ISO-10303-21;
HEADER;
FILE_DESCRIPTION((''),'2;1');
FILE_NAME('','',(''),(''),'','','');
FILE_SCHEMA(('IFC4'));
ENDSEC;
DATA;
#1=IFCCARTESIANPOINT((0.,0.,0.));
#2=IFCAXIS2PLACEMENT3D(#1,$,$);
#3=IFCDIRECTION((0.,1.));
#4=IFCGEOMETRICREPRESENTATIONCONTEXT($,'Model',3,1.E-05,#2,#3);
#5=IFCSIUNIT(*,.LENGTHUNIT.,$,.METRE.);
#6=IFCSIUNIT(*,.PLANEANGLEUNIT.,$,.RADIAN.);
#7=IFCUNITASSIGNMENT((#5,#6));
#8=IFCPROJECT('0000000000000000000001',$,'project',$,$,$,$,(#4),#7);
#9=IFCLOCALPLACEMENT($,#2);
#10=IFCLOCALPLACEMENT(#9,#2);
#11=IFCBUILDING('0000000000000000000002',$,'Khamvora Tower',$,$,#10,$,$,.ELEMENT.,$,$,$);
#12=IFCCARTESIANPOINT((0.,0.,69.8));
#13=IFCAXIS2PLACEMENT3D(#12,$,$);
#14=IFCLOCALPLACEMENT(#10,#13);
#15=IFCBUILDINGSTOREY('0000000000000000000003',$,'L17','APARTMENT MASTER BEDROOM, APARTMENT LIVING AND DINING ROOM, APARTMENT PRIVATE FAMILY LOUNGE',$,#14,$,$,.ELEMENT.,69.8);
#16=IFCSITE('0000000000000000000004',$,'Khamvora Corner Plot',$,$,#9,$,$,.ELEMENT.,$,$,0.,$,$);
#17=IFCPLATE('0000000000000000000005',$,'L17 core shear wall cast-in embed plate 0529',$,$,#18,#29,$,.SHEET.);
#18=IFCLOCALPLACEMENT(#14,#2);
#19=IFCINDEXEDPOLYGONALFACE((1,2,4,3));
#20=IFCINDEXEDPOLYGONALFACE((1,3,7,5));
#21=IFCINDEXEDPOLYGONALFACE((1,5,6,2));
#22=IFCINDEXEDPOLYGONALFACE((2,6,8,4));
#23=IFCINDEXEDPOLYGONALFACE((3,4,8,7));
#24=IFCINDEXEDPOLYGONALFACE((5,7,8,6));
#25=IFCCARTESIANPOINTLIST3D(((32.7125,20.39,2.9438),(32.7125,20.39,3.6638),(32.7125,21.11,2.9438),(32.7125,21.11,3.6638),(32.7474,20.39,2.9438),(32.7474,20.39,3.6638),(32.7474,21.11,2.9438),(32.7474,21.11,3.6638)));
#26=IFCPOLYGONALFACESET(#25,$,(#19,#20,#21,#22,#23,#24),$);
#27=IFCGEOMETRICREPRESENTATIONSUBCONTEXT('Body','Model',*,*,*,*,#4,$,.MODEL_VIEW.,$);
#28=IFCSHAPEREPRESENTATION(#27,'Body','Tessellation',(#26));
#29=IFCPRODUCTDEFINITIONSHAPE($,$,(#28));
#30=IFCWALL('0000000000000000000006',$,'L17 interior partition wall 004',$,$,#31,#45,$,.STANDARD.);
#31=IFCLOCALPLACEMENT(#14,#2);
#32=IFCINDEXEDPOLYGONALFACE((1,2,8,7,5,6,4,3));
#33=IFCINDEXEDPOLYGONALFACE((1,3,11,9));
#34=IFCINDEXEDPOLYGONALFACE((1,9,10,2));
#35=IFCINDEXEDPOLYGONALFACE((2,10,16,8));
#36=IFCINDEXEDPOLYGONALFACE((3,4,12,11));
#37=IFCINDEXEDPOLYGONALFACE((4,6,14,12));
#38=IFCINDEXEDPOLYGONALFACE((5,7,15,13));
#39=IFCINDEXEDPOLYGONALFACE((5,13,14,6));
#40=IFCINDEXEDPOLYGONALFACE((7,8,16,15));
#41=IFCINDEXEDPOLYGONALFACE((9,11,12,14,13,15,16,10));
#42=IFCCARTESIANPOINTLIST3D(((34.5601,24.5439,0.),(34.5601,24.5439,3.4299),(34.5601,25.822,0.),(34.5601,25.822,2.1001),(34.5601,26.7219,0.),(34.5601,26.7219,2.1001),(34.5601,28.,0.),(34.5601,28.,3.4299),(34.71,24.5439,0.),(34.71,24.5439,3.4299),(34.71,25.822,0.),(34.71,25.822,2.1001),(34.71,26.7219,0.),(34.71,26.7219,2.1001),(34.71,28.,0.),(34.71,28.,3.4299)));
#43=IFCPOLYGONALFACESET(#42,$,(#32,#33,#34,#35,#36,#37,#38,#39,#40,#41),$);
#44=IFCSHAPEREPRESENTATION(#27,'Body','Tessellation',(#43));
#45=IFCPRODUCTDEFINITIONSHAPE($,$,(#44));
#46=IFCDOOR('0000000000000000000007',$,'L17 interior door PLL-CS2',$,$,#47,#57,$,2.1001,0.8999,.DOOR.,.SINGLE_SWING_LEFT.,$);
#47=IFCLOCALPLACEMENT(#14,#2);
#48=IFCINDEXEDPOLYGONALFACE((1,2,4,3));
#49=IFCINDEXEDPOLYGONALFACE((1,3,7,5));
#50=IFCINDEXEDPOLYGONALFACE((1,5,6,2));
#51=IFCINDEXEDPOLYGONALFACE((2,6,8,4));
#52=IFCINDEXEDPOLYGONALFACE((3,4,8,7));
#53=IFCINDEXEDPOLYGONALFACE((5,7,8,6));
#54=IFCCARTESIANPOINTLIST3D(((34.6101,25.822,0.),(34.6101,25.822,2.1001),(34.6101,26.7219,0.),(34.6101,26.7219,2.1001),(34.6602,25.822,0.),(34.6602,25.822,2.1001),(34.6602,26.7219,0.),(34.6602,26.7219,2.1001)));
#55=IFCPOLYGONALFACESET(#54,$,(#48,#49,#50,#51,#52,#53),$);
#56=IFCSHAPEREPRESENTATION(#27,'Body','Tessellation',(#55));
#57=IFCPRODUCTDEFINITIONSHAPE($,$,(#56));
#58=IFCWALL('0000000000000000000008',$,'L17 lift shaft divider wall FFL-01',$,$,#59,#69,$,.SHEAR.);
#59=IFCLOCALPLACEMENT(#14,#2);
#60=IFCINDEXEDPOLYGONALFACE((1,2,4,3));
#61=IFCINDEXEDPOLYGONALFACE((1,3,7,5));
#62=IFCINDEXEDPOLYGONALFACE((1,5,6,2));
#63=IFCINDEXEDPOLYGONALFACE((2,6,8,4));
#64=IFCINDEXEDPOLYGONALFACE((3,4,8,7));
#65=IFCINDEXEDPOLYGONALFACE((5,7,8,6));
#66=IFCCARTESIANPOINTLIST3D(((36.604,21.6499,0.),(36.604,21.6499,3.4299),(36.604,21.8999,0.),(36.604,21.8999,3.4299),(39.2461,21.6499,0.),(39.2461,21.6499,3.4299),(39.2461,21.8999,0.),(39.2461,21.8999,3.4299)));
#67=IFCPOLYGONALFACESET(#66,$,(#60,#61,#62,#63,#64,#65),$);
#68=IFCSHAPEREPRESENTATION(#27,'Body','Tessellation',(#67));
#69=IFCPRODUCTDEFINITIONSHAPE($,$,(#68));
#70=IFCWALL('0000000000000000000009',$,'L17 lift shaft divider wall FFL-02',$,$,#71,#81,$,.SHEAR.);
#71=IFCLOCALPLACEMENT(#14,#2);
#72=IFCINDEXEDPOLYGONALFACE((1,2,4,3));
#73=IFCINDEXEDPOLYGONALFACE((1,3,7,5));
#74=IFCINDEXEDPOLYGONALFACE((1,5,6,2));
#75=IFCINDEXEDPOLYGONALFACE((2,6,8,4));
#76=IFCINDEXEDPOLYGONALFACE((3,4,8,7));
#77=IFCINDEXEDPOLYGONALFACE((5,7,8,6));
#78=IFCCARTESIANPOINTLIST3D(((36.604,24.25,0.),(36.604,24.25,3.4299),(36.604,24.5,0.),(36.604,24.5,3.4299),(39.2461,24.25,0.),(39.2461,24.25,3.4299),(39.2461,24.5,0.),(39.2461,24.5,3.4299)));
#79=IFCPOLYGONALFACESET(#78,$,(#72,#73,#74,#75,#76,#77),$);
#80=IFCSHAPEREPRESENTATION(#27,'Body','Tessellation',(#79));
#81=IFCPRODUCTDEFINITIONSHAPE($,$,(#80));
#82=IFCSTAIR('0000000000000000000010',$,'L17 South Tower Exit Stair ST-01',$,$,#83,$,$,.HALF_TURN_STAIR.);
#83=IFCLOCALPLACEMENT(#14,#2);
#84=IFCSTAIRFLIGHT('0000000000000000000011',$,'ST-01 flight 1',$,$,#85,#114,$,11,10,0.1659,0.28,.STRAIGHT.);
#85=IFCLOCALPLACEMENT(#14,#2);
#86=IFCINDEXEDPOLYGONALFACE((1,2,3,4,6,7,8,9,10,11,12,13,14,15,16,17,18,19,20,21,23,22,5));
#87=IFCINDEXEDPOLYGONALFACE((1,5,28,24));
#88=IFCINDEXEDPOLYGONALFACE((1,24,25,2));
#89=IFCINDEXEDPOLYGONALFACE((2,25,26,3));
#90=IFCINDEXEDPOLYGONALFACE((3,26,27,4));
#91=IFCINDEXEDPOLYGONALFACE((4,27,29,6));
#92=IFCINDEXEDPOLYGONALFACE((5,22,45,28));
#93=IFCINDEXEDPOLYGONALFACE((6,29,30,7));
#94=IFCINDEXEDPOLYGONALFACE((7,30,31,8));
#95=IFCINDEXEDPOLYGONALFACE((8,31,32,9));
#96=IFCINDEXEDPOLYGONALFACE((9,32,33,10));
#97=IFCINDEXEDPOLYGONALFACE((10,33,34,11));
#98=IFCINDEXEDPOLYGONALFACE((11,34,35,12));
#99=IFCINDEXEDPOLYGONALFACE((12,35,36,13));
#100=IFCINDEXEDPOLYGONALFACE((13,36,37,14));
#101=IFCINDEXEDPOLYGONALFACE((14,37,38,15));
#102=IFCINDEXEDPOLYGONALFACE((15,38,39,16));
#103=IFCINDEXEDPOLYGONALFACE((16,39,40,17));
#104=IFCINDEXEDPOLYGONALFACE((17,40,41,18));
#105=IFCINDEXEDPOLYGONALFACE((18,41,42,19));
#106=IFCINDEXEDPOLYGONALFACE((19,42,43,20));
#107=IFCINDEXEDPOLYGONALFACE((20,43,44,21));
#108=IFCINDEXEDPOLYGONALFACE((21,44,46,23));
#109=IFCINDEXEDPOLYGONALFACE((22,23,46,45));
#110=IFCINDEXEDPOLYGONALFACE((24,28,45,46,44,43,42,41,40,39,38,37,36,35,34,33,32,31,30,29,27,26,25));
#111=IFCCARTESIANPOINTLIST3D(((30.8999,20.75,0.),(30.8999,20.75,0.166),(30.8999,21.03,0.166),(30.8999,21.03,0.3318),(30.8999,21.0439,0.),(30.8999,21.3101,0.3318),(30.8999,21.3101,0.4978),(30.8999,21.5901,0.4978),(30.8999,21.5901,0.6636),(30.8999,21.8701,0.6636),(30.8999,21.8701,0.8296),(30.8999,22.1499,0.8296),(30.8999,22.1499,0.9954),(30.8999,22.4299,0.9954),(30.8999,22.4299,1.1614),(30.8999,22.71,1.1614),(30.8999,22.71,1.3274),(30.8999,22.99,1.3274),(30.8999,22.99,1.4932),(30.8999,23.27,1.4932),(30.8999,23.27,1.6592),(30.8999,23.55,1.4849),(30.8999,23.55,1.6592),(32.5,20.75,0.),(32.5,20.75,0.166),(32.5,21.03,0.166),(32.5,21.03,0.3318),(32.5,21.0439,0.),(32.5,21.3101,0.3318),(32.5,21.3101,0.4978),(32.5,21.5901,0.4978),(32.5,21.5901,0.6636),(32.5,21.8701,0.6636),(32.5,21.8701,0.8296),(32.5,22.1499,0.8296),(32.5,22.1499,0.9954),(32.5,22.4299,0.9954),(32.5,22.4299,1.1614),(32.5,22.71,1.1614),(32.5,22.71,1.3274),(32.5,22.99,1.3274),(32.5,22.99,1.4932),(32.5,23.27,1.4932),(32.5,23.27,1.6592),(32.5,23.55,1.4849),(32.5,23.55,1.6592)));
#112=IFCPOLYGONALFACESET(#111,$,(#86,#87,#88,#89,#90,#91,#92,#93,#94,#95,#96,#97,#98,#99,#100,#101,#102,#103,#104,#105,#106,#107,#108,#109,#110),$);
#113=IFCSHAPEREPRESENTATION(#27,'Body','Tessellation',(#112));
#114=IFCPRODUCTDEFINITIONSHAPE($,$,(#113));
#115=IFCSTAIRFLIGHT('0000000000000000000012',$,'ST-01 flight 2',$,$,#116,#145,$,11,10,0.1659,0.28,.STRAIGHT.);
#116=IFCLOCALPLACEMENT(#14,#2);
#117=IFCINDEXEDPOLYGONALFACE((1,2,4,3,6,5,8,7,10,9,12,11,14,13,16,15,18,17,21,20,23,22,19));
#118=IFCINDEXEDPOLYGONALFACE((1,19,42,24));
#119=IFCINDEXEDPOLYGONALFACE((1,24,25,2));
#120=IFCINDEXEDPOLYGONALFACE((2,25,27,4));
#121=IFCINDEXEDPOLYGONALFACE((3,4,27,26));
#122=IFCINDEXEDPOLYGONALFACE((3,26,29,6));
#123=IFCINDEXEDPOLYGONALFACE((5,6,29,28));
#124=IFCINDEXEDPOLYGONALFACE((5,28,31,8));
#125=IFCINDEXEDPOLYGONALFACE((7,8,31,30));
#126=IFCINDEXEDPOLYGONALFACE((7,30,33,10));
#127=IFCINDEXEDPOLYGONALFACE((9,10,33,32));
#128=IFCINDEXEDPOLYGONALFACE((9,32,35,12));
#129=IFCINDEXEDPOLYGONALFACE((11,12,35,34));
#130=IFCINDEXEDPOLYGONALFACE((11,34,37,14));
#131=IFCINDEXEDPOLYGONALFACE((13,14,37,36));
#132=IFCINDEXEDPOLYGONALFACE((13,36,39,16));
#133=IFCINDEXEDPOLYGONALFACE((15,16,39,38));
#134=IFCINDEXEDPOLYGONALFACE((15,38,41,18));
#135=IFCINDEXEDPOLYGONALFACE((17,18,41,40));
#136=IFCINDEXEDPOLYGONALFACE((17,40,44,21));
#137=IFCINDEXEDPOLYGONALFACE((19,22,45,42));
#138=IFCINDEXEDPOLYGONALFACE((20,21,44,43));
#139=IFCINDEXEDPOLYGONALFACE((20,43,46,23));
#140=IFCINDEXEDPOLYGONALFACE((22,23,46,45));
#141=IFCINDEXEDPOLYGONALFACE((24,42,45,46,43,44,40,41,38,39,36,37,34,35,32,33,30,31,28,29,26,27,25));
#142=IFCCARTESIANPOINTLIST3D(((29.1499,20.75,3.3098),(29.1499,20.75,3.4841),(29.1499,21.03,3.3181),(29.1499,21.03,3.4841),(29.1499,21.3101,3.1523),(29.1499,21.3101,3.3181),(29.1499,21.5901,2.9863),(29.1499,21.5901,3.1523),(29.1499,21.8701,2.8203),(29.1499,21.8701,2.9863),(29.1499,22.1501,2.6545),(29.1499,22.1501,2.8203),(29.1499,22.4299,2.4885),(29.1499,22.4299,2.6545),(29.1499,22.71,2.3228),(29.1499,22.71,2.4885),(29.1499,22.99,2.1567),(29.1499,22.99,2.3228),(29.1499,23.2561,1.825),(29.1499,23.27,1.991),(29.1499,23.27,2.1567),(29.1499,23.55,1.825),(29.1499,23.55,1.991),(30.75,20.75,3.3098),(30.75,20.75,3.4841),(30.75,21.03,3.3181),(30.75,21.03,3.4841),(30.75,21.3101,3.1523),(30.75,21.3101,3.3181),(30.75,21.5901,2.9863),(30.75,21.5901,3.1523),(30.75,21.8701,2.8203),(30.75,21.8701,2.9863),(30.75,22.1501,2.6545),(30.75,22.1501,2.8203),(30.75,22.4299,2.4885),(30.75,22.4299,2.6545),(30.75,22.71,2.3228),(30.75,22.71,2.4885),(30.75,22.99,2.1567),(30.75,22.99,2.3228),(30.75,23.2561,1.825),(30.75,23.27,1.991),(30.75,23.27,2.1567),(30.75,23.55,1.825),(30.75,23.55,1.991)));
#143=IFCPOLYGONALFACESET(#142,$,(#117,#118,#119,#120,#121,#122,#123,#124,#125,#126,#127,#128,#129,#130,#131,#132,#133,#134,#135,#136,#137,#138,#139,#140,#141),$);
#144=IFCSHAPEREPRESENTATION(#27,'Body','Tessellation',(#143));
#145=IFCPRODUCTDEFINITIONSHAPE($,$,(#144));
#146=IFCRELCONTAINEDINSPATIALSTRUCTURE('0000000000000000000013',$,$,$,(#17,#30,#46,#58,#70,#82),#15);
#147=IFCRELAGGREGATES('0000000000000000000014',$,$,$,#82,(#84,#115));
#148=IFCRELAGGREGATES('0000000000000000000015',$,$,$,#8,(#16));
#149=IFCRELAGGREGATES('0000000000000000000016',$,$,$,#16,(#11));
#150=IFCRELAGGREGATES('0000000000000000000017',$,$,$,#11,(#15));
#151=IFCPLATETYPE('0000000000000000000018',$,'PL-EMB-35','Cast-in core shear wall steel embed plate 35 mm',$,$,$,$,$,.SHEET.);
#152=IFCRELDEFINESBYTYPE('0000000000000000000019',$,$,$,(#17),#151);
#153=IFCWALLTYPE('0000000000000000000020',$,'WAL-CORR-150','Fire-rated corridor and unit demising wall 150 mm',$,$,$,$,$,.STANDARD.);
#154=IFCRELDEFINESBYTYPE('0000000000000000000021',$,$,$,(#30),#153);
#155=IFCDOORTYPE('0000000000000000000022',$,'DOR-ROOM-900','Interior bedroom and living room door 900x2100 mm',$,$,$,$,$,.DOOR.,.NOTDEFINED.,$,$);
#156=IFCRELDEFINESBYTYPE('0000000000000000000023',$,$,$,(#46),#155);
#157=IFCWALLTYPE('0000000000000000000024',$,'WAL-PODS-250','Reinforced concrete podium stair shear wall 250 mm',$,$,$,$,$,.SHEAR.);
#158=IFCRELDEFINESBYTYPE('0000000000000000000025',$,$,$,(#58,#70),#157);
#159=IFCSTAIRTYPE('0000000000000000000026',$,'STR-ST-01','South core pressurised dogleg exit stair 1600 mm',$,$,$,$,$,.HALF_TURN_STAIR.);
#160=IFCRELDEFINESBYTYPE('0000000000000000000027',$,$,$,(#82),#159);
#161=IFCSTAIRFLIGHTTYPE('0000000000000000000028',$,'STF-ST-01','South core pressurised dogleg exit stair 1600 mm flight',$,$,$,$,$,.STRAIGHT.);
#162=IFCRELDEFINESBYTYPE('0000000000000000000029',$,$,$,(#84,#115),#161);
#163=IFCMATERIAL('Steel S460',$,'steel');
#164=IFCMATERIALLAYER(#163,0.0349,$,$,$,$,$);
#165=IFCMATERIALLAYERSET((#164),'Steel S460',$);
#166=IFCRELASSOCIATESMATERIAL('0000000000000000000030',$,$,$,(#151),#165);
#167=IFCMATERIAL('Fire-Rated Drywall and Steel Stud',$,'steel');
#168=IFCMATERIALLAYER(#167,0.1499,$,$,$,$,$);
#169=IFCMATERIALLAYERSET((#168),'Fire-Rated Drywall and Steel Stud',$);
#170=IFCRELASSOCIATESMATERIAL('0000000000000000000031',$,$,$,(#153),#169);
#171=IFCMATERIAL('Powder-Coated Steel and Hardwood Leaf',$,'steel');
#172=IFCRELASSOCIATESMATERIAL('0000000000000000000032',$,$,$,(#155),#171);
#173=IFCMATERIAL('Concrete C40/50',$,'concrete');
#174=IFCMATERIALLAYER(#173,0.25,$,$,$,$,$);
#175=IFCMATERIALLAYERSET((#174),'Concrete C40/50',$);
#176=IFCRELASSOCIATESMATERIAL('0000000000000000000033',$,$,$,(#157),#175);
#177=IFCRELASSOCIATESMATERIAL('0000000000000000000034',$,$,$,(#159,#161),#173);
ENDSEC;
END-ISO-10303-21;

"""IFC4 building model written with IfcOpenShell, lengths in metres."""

from ifc_helpers import new_model, si_unit, direction, frame, frame_2d, origin, origin_2d, place, context, subcontext, project, spatial, polyline, rectangle, outline, extrude, material, layer, layer_set, type_object, element, fill, aggregate, save


model = new_model("IFC4")

# Units and contexts
model_context = context("Model", 3, precision=1e-05, world=origin(), true_north=direction((0.0, 1.0)))
body_context = subcontext(model_context, "Body", "Model", "MODEL_VIEW")
ifc_project = project(units=[si_unit("LENGTHUNIT", "METRE"), si_unit("PLANEANGLEUNIT", "RADIAN")], contexts=[model_context])

# Site, building, storey
site_placement = place(None, origin())
site = spatial("IfcSite", under=ifc_project, at=site_placement, Name="Khamvora Corner Plot", CompositionType="ELEMENT", RefElevation=0.0)
building_placement = place(site_placement, origin())
building = spatial("IfcBuilding", under=site, at=building_placement, Name="Khamvora Tower", CompositionType="ELEMENT")
storey_placement = place(building_placement, frame((0.0, 0.0, 69.8)))
storey = spatial("IfcBuildingStorey", under=building, at=storey_placement, Name="L17", Description="APARTMENT MASTER BEDROOM, APARTMENT LIVING AND DINING ROOM, APARTMENT PRIVATE FAMILY LOUNGE", CompositionType="ELEMENT", Elevation=69.8)

# Shared definitions
ifc_material_1 = material(Name="Steel S460", Category="steel")

# Plate
ifc_layer_1 = layer(ifc_material_1, 0.0349)
ifc_layer_set_1 = layer_set([ifc_layer_1], Name="Steel S460")
plate_type = type_object("IfcPlateType", Name="PL-EMB-35", Description="Cast-in core shear wall steel embed plate 35 mm", PredefinedType="SHEET", material=ifc_layer_set_1)
for number, where, z_axis, x_axis, name in (
    (1, (32.73, 20.75, 2.9438), (0.0, 0.0, 1.0), (1.0, 0.0, 0.0), "L17 core shear wall cast-in embed plate 0529"),
):
    element("IfcPlate", number, at=place(storey_placement, frame(where, z_axis=z_axis, x_axis=x_axis)), inside=storey, type_object=plate_type, Name=name, PredefinedType="SHEET", context=body_context, shape_type="SweptSolid", body=[
        extrude(rectangle(XDim=0.0349, YDim=0.72, at=origin_2d()), origin(), (0.0, 0.0, 1.0), 0.72),
    ])

# Shared definitions
ifc_material_2 = material(Name="Powder-Coated Steel and Hardwood Leaf", Category="steel")

# Wall, opening, door
ifc_material_3 = material(Name="Fire-Rated Drywall and Steel Stud", Category="steel")
ifc_layer_2 = layer(ifc_material_3, 0.1499)
ifc_layer_set_2 = layer_set([ifc_layer_2], Name="Fire-Rated Drywall and Steel Stud")
wall_type_1 = type_object("IfcWallType", Name="WAL-CORR-150", Description="Fire-rated corridor and unit demising wall 150 mm", PredefinedType="STANDARD", material=ifc_layer_set_2)
wall_1_placement = place(storey_placement, frame((34.635, 24.5439, 0.0), z_axis=(0.0, 0.0, 1.0), x_axis=(0.0, 1.0, 0.0)))
wall_1 = element("IfcWall", 2, at=wall_1_placement, inside=storey, type_object=wall_type_1, Name="L17 interior partition wall 004", PredefinedType="STANDARD", context=body_context, shape_type="SweptSolid", body=[
    extrude(rectangle(XDim=3.4561, YDim=0.1499, at=frame_2d((1.728, 0.0))), origin(), (0.0, 0.0, 1.0), 3.4299),
])
opening_1_placement = place(wall_1_placement, frame((1.2781, 0.0, 0.0)))
opening_1 = element("IfcOpeningElement", 3, at=opening_1_placement, cuts=wall_1, PredefinedType="OPENING", context=body_context, shape_type="SweptSolid", body=[
    extrude(rectangle(XDim=0.8999, YDim=2.1001, at=frame_2d((0.45, 1.05))), frame((0.0, 0.085, 0.0), z_axis=(0.0, -1.0, 0.0), x_axis=(1.0, 0.0, 0.0)), (0.0, 0.0, 1.0), 0.1699),
])
door_type_1 = type_object("IfcDoorType", Name="DOR-ROOM-900", Description="Interior bedroom and living room door 900x2100 mm", OperationType="NOTDEFINED", PredefinedType="DOOR", material=ifc_material_2)
door_1_placement = place(opening_1_placement, origin())
door_1 = element("IfcDoor", 4, at=door_1_placement, inside=storey, type_object=door_type_1, Name="L17 interior door PLL-CS2", OperationType="SINGLE_SWING_LEFT", OverallHeight=2.1001, OverallWidth=0.8999, PredefinedType="DOOR", context=body_context, shape_type="SweptSolid", body=[
    extrude(rectangle(XDim=0.8999, YDim=2.1001, at=frame_2d((0.45, 1.05))), frame((0.0, 0.0249, 0.0), z_axis=(0.0, -1.0, 0.0), x_axis=(1.0, 0.0, 0.0)), (0.0, 0.0, 1.0), 0.05),
])
fill(opening_1, door_1)

# Walls
ifc_material_4 = material(Name="Concrete C40/50", Category="concrete")
ifc_layer_3 = layer(ifc_material_4, 0.25)
ifc_layer_set_3 = layer_set([ifc_layer_3], Name="Concrete C40/50")
wall_type_2 = type_object("IfcWallType", Name="WAL-PODS-250", Description="Reinforced concrete podium stair shear wall 250 mm", PredefinedType="SHEAR", material=ifc_layer_set_3)
for number, where, z_axis, x_axis, name in (
    (5, (36.604, 21.7749, 0.0), (0.0, 0.0, 1.0), (1.0, 0.0, 0.0), "L17 lift shaft divider wall FFL-01"),
    (6, (36.604, 24.375, 0.0), (0.0, 0.0, 1.0), (1.0, 0.0, 0.0), "L17 lift shaft divider wall FFL-02"),
):
    element("IfcWall", number, at=place(storey_placement, frame(where, z_axis=z_axis, x_axis=x_axis)), inside=storey, type_object=wall_type_2, Name=name, PredefinedType="SHEAR", context=body_context, shape_type="SweptSolid", body=[
        extrude(rectangle(XDim=2.6421, YDim=0.25, at=frame_2d((1.321, 0.0))), origin(), (0.0, 0.0, 1.0), 3.4299),
    ])

# Stair, stair flights
stair_type = type_object("IfcStairType", Name="STR-ST-01", Description="South core pressurised dogleg exit stair 1600 mm", PredefinedType="HALF_TURN_STAIR", material=ifc_material_4)
stair_placement = place(storey_placement, origin())
stair = element("IfcStair", 7, at=stair_placement, inside=storey, type_object=stair_type, Name="L17 South Tower Exit Stair ST-01", PredefinedType="HALF_TURN_STAIR")
stair_flight_type = type_object("IfcStairFlightType", Name="STF-ST-01", Description="South core pressurised dogleg exit stair 1600 mm flight", PredefinedType="STRAIGHT", material=ifc_material_4)
stair_flight_1_placement = place(storey_placement, frame((31.7, 20.75, 0.0), z_axis=(0.0, 0.0, 1.0), x_axis=(0.0, 1.0, 0.0)))
stair_flight_1 = element("IfcStairFlight", 8, at=stair_flight_1_placement, type_object=stair_flight_type, Name="ST-01 flight 1", NumberOfRisers=11, NumberOfTreads=10, PredefinedType="STRAIGHT", RiserHeight=0.1659, TreadLength=0.28, context=body_context, shape_type="SweptSolid", body=[
    extrude(outline(polyline([(0.0, 0.0), (0.0, 0.166), (0.28, 0.166), (0.28, 0.3318), (0.5601, 0.3318), (0.5601, 0.4978), (0.8401, 0.4978), (0.8401, 0.6636), (1.1201, 0.6636), (1.1201, 0.8296), (1.3999, 0.8296), (1.3999, 0.9954), (1.6799, 0.9954), (1.6799, 1.1614), (1.96, 1.1614), (1.96, 1.3274), (2.24, 1.3274), (2.24, 1.4932), (2.52, 1.4932), (2.52, 1.6592), (2.8, 1.6592), (2.8, 1.825), (2.8, 1.4849), (0.2939, 0.0), (0.0, 0.0)])), frame((0.0, 0.8, 0.0), z_axis=(0.0, -1.0, 0.0), x_axis=(1.0, 0.0, 0.0)), (0.0, 0.0, 1.0), 1.6001),
])
stair_flight_2_placement = place(storey_placement, frame((29.95, 23.55, 1.825), z_axis=(0.0, 0.0, 1.0), x_axis=(0.0, -1.0, 0.0)))
stair_flight_2 = element("IfcStairFlight", 9, at=stair_flight_2_placement, type_object=stair_flight_type, Name="ST-01 flight 2", NumberOfRisers=11, NumberOfTreads=10, PredefinedType="STRAIGHT", RiserHeight=0.1659, TreadLength=0.28, context=body_context, shape_type="SweptSolid", body=[
    extrude(outline(polyline([(0.0, 0.0), (0.0, 0.166), (0.28, 0.166), (0.28, 0.3318), (0.5601, 0.3318), (0.5601, 0.4978), (0.8401, 0.4978), (0.8401, 0.6636), (1.1201, 0.6636), (1.1201, 0.8296), (1.3999, 0.8296), (1.3999, 0.9954), (1.6799, 0.9954), (1.6799, 1.1614), (1.96, 1.1614), (1.96, 1.3274), (2.24, 1.3274), (2.24, 1.4932), (2.52, 1.4932), (2.52, 1.6592), (2.8, 1.6592), (2.8, 1.825), (2.8, 1.4849), (0.2939, 0.0), (0.0, 0.0)])), frame((0.0, 0.8, 0.0), z_axis=(0.0, -1.0, 0.0), x_axis=(1.0, 0.0, 0.0)), (0.0, 0.0, 1.0), 1.6001),
])
aggregate(stair, [stair_flight_1, stair_flight_2])

save(model, "model.ifc")
